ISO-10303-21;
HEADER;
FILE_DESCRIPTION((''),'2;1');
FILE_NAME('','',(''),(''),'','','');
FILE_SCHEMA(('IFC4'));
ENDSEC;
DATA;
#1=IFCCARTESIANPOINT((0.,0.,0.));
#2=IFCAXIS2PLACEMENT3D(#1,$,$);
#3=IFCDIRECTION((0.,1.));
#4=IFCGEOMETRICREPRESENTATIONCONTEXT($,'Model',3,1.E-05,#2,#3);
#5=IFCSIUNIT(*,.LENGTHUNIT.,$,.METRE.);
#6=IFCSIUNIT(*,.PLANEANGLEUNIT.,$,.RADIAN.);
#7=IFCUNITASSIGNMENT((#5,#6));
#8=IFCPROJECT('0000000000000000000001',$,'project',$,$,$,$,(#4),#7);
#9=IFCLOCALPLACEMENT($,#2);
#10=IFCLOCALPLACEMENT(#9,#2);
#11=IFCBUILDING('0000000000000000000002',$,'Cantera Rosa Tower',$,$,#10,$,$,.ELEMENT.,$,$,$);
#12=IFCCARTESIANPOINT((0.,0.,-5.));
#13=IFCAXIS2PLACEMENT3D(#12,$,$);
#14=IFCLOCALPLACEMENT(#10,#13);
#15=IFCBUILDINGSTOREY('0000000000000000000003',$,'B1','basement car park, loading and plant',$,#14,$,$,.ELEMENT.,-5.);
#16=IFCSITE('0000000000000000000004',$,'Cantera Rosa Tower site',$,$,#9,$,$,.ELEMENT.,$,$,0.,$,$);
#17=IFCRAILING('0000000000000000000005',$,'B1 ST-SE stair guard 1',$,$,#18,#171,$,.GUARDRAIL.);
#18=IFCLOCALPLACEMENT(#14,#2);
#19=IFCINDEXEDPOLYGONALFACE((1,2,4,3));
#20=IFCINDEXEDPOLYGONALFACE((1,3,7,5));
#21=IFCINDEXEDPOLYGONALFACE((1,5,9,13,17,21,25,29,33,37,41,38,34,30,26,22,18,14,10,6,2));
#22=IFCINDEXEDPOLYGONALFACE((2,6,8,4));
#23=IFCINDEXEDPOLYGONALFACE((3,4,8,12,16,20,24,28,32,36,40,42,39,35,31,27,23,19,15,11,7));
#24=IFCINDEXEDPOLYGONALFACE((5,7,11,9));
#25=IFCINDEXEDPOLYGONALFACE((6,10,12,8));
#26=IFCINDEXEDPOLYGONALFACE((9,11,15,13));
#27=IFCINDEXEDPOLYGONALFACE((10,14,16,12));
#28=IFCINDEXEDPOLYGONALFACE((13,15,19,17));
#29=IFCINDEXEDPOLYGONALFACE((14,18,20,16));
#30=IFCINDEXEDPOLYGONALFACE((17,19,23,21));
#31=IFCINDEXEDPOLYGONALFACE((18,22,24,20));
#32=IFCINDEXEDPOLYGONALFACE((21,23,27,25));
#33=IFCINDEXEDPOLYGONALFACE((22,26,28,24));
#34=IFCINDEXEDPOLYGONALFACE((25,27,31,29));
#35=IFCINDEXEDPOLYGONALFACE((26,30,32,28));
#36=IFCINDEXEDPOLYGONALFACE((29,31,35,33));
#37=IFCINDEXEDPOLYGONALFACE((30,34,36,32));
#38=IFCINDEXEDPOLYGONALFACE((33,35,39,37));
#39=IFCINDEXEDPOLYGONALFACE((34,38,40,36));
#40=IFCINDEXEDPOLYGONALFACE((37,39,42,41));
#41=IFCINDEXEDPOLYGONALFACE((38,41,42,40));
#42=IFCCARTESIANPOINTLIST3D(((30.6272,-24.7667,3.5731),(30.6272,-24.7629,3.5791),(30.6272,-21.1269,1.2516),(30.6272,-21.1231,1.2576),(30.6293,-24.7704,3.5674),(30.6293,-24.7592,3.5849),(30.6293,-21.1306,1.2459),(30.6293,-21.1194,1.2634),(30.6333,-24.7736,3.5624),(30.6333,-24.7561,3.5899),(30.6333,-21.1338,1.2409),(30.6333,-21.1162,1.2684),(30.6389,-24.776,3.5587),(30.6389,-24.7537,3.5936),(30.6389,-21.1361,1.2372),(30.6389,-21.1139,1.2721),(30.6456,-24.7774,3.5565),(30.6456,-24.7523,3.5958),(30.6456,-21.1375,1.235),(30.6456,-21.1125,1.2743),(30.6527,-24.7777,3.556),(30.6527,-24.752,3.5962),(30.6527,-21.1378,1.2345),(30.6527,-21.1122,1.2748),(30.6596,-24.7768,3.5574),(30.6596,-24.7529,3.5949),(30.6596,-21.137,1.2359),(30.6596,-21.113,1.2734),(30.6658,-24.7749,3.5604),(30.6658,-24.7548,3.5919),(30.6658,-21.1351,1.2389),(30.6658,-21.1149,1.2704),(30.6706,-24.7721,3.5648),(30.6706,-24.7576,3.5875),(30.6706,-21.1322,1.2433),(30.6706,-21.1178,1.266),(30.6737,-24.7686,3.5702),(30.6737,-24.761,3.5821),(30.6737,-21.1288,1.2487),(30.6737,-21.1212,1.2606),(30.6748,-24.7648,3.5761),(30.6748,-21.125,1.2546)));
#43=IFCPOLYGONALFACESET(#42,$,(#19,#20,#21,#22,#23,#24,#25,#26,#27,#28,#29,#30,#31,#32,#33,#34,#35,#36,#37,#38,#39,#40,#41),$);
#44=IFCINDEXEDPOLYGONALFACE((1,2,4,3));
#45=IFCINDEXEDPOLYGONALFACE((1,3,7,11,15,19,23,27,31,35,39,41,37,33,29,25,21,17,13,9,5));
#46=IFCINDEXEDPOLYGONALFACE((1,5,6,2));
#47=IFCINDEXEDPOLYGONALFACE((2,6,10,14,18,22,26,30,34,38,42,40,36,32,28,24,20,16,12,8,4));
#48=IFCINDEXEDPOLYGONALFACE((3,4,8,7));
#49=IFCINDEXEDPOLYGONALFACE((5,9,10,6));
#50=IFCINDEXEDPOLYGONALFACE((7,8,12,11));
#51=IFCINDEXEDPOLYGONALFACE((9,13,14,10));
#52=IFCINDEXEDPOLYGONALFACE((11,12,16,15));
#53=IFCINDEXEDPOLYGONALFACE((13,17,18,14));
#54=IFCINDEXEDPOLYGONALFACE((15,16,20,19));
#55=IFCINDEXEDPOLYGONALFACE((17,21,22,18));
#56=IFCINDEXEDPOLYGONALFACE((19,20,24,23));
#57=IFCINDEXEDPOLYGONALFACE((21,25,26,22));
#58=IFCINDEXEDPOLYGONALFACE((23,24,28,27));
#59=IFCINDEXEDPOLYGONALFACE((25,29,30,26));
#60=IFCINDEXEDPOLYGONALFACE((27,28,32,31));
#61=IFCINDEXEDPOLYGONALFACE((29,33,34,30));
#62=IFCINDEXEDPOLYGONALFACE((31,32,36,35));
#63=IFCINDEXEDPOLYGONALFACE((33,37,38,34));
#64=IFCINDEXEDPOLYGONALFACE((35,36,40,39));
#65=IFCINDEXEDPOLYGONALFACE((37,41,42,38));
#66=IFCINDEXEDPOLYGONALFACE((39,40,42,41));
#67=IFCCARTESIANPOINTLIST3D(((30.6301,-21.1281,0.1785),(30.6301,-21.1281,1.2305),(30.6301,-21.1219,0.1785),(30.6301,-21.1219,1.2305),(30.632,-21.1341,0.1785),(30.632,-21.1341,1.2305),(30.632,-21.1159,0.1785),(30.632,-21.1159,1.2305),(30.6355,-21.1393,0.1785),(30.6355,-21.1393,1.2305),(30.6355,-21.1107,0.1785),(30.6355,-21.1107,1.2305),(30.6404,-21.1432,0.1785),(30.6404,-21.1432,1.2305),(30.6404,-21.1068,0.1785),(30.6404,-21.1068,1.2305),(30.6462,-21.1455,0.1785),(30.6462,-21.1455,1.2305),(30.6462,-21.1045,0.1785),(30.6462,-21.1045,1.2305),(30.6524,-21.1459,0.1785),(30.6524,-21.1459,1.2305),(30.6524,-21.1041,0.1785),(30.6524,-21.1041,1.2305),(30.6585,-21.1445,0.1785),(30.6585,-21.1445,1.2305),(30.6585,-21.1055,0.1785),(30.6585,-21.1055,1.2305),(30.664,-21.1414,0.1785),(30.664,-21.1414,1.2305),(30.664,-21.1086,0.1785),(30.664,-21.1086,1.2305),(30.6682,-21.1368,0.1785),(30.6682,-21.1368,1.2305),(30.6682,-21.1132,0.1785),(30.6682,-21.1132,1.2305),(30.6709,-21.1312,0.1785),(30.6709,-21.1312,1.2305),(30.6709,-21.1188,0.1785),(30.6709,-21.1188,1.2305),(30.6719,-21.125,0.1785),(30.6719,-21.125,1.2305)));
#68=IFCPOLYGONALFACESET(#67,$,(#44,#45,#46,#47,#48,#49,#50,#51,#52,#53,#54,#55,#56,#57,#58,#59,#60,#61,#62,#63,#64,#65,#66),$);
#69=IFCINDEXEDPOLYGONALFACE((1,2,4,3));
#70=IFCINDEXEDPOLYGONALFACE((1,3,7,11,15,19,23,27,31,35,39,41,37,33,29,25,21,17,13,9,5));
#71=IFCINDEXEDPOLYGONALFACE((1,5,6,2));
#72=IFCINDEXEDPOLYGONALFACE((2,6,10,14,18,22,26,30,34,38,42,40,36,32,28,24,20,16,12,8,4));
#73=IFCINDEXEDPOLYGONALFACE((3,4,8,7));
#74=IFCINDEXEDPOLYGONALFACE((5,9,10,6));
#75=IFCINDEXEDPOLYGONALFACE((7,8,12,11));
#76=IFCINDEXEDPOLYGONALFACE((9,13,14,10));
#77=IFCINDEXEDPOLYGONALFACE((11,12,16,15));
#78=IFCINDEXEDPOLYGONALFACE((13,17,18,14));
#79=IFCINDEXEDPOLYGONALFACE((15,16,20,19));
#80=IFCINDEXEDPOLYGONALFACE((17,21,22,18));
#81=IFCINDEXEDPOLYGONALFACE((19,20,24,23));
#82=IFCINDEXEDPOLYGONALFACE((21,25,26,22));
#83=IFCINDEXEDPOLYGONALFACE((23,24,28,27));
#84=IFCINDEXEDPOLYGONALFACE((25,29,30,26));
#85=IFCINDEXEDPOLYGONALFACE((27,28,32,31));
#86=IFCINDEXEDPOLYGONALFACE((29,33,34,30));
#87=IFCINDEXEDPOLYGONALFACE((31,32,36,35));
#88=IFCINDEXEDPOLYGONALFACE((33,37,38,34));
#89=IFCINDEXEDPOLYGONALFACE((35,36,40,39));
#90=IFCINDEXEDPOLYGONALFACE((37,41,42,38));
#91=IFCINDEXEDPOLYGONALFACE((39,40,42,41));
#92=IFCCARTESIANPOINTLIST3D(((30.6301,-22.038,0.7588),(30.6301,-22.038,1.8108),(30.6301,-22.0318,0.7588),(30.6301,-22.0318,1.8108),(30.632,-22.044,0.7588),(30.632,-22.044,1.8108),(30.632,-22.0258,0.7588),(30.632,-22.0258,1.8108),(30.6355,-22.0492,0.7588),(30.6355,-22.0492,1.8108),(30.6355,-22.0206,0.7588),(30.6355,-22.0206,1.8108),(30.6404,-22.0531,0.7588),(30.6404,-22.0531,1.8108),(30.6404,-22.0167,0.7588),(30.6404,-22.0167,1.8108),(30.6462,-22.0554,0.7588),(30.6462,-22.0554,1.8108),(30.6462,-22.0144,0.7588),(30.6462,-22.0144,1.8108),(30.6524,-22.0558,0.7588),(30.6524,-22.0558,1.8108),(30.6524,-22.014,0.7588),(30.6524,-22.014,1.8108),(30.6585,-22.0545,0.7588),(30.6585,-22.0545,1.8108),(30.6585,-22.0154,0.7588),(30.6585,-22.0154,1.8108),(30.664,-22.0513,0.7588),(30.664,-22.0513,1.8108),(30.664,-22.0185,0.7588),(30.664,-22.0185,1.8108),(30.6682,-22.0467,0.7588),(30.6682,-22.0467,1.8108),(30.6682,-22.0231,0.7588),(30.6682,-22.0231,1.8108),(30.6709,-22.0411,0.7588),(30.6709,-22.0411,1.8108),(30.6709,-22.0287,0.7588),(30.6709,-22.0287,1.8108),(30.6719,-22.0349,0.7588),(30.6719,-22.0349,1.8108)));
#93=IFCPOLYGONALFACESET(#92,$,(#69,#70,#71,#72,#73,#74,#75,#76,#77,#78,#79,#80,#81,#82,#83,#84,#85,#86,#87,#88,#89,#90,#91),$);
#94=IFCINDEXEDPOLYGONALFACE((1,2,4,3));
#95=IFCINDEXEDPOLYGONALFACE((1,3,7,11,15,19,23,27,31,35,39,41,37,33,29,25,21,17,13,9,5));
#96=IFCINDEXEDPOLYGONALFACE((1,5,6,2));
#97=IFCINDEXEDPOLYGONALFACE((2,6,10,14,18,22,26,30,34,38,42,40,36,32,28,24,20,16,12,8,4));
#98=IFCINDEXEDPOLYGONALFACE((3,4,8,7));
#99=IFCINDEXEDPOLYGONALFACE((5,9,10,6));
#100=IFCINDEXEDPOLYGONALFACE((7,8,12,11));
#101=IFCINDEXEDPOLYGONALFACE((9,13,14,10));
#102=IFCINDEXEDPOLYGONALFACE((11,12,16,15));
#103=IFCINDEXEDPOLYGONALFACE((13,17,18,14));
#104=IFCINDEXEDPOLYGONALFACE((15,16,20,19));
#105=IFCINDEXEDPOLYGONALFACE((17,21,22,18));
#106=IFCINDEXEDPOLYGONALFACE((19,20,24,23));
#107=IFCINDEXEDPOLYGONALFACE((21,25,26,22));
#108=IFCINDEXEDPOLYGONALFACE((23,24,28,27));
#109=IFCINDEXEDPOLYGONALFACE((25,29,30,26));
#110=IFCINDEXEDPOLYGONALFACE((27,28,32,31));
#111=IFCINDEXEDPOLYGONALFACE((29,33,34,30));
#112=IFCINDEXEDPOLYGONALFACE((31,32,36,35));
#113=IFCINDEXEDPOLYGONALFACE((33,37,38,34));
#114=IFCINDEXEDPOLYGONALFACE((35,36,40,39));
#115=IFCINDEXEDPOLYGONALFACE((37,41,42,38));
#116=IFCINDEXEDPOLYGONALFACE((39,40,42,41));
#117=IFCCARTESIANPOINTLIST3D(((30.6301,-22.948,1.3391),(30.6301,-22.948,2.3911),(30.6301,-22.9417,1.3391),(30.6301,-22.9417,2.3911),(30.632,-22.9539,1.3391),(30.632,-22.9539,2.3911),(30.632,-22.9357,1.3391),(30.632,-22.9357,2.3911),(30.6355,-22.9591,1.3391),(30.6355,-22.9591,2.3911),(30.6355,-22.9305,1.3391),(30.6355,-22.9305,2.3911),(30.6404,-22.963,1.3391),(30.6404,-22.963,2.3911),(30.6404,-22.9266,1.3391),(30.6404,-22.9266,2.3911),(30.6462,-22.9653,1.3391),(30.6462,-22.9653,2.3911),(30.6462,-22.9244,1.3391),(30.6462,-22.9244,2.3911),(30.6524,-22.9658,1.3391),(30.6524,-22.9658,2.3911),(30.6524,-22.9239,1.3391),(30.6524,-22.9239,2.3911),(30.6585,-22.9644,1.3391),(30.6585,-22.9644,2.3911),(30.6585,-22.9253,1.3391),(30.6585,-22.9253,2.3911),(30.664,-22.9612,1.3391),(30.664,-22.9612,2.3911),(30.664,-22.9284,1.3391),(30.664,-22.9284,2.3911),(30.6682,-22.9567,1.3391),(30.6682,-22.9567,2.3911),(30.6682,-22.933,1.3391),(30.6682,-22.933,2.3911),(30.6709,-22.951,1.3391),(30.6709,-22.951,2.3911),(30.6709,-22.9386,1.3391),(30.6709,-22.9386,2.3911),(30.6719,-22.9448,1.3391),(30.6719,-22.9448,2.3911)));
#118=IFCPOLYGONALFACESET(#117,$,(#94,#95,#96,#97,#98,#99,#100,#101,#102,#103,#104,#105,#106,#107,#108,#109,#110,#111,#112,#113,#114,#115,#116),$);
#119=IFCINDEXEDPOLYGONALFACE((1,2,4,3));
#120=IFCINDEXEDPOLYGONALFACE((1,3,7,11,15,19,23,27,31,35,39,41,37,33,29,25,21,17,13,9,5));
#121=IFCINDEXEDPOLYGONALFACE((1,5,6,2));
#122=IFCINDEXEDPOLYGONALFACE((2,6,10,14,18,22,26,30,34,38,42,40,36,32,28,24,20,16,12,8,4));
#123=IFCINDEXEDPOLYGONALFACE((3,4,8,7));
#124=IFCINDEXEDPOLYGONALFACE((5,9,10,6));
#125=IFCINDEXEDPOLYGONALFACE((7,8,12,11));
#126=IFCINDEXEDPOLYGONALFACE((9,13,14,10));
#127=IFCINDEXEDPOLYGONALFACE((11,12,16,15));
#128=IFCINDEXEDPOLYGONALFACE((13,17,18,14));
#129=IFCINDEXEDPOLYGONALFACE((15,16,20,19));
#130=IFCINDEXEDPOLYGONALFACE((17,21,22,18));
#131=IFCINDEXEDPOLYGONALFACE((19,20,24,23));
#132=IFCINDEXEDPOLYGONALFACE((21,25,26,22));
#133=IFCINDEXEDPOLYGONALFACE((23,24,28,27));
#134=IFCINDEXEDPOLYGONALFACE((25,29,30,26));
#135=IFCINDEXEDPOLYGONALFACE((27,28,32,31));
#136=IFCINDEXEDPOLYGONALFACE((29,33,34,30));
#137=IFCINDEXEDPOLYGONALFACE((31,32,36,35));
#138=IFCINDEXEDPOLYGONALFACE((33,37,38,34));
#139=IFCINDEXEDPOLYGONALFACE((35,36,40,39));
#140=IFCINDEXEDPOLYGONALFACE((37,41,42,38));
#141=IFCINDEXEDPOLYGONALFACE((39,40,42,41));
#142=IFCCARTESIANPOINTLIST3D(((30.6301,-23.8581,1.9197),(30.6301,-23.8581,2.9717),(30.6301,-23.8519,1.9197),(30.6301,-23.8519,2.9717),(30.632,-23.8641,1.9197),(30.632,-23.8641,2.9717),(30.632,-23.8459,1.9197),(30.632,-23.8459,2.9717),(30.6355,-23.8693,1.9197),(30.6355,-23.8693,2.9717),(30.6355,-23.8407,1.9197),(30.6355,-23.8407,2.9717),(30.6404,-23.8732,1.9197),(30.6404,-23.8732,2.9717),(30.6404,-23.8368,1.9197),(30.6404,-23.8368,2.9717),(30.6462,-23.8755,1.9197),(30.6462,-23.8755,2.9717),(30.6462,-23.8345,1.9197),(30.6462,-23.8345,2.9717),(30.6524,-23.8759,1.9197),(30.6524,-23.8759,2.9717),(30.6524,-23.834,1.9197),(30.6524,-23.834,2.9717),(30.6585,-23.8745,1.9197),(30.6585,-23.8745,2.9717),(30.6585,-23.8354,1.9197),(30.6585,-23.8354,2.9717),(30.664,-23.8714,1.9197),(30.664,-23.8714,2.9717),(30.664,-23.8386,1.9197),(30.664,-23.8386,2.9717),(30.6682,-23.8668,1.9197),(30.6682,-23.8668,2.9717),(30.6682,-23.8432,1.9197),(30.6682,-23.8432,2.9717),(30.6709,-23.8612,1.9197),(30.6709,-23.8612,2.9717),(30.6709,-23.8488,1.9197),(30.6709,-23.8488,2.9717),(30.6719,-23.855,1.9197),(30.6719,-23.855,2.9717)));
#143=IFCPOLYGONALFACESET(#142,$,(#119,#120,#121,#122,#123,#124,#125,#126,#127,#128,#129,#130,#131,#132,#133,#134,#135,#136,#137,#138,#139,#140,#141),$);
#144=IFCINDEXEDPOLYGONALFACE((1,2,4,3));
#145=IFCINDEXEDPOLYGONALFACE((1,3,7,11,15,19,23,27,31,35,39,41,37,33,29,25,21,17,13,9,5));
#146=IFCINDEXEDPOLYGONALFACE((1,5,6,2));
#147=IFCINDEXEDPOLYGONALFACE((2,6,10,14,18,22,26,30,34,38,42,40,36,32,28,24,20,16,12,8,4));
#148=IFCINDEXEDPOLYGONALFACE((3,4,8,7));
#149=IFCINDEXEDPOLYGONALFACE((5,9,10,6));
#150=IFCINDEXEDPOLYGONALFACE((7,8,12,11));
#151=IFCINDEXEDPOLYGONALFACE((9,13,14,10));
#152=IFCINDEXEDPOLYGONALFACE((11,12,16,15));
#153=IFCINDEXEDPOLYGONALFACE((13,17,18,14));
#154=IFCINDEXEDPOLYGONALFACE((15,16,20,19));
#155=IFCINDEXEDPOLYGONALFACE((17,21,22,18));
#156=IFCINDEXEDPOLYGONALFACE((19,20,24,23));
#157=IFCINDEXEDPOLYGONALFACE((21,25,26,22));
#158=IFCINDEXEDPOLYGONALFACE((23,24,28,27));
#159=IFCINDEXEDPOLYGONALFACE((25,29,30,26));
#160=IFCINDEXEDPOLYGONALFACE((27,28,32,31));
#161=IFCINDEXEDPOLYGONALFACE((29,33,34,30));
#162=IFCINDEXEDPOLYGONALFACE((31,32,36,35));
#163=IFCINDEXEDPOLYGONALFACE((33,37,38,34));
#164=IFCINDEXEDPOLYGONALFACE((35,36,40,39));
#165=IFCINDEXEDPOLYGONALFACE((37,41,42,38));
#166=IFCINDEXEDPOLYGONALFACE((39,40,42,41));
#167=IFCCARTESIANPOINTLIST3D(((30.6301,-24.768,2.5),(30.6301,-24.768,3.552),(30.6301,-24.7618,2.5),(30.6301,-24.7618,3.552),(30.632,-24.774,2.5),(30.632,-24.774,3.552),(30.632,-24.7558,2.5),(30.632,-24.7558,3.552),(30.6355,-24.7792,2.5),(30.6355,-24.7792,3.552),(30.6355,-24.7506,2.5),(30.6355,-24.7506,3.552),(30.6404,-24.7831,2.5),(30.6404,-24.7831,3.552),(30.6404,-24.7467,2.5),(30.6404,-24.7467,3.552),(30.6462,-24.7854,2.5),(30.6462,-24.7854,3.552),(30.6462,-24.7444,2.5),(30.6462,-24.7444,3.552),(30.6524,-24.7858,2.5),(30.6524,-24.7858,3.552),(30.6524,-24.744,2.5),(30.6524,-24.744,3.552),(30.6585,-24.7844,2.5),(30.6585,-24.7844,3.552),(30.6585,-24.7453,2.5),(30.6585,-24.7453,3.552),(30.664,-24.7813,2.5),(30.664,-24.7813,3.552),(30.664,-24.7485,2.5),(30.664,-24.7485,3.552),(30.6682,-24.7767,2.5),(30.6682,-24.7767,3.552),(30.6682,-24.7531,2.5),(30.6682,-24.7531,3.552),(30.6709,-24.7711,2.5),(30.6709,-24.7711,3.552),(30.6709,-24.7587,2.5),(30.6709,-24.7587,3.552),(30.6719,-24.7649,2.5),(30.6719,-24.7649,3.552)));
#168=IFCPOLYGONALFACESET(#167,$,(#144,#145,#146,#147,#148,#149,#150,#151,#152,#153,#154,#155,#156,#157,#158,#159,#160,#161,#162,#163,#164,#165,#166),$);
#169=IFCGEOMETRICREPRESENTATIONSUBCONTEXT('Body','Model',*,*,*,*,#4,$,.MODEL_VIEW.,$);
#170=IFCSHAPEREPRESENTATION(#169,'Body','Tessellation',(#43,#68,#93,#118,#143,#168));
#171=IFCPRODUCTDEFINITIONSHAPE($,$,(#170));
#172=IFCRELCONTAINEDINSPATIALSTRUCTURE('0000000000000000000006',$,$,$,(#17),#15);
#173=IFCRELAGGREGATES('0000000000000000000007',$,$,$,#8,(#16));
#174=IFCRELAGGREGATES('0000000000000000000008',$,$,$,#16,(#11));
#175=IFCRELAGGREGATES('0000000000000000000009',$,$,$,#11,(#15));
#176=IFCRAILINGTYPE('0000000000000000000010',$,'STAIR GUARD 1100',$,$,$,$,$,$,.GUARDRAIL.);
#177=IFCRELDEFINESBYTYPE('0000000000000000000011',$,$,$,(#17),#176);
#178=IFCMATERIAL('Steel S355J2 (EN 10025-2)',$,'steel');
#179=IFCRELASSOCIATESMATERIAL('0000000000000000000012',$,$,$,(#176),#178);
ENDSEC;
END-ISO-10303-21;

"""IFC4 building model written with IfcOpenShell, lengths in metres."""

from ifc_helpers import new_model, si_unit, direction, frame, origin, origin_2d, place, context, subcontext, project, spatial, circle, extrude, material, type_object, element, save


model = new_model("IFC4")

# Units and contexts
model_context = context("Model", 3, precision=1e-05, world=origin(), true_north=direction((0.0, 1.0)))
body_context = subcontext(model_context, "Body", "Model", "MODEL_VIEW")
ifc_project = project(units=[si_unit("LENGTHUNIT", "METRE"), si_unit("PLANEANGLEUNIT", "RADIAN")], contexts=[model_context])

# Site, building, storey
site_placement = place(None, origin())
site = spatial("IfcSite", under=ifc_project, at=site_placement, Name="Cantera Rosa Tower site", CompositionType="ELEMENT", RefElevation=0.0)
building_placement = place(site_placement, origin())
building = spatial("IfcBuilding", under=site, at=building_placement, Name="Cantera Rosa Tower", CompositionType="ELEMENT")
storey_placement = place(building_placement, frame((0.0, 0.0, -5.0)))
storey = spatial("IfcBuildingStorey", under=building, at=storey_placement, Name="B1", Description="basement car park, loading and plant", CompositionType="ELEMENT", Elevation=-5.0)

# Railing
ifc_material_1 = material(Name="Steel S355J2 (EN 10025-2)", Category="steel")
railing_type_1 = type_object("IfcRailingType", Name="STAIR GUARD 1100", PredefinedType="GUARDRAIL", material=ifc_material_1)
railing_1_placement = place(storey_placement, frame((30.6509, -21.125, 0.1785)))
element("IfcRailing", 1, at=railing_1_placement, inside=storey, type_object=railing_type_1, Name="B1 ST-SE stair guard 1", PredefinedType="GUARDRAIL", context=body_context, shape_type="SweptSolid", body=[
    extrude(circle(Radius=0.0239, at=origin_2d()), frame((0.0, 0.0, 1.0762), z_axis=(0.0, -0.843112, 0.537739), x_axis=(1.0, 0.0, 0.0)), (0.0, 0.0, 1.0), 4.3171),
    extrude(circle(Radius=0.021, at=origin_2d()), origin(), (0.0, 0.0, 1.0), 1.052),
    extrude(circle(Radius=0.021, at=origin_2d()), frame((0.0, -0.9099, 0.5803)), (0.0, 0.0, 1.0), 1.052),
    extrude(circle(Radius=0.021, at=origin_2d()), frame((0.0, -1.8198, 1.1606)), (0.0, 0.0, 1.0), 1.052),
    extrude(circle(Radius=0.021, at=origin_2d()), frame((0.0, -2.73, 1.7412)), (0.0, 0.0, 1.0), 1.052),
    extrude(circle(Radius=0.021, at=origin_2d()), frame((0.0, -3.6399, 2.3215)), (0.0, 0.0, 1.0), 1.052),
])

save(model, "model.ifc")
